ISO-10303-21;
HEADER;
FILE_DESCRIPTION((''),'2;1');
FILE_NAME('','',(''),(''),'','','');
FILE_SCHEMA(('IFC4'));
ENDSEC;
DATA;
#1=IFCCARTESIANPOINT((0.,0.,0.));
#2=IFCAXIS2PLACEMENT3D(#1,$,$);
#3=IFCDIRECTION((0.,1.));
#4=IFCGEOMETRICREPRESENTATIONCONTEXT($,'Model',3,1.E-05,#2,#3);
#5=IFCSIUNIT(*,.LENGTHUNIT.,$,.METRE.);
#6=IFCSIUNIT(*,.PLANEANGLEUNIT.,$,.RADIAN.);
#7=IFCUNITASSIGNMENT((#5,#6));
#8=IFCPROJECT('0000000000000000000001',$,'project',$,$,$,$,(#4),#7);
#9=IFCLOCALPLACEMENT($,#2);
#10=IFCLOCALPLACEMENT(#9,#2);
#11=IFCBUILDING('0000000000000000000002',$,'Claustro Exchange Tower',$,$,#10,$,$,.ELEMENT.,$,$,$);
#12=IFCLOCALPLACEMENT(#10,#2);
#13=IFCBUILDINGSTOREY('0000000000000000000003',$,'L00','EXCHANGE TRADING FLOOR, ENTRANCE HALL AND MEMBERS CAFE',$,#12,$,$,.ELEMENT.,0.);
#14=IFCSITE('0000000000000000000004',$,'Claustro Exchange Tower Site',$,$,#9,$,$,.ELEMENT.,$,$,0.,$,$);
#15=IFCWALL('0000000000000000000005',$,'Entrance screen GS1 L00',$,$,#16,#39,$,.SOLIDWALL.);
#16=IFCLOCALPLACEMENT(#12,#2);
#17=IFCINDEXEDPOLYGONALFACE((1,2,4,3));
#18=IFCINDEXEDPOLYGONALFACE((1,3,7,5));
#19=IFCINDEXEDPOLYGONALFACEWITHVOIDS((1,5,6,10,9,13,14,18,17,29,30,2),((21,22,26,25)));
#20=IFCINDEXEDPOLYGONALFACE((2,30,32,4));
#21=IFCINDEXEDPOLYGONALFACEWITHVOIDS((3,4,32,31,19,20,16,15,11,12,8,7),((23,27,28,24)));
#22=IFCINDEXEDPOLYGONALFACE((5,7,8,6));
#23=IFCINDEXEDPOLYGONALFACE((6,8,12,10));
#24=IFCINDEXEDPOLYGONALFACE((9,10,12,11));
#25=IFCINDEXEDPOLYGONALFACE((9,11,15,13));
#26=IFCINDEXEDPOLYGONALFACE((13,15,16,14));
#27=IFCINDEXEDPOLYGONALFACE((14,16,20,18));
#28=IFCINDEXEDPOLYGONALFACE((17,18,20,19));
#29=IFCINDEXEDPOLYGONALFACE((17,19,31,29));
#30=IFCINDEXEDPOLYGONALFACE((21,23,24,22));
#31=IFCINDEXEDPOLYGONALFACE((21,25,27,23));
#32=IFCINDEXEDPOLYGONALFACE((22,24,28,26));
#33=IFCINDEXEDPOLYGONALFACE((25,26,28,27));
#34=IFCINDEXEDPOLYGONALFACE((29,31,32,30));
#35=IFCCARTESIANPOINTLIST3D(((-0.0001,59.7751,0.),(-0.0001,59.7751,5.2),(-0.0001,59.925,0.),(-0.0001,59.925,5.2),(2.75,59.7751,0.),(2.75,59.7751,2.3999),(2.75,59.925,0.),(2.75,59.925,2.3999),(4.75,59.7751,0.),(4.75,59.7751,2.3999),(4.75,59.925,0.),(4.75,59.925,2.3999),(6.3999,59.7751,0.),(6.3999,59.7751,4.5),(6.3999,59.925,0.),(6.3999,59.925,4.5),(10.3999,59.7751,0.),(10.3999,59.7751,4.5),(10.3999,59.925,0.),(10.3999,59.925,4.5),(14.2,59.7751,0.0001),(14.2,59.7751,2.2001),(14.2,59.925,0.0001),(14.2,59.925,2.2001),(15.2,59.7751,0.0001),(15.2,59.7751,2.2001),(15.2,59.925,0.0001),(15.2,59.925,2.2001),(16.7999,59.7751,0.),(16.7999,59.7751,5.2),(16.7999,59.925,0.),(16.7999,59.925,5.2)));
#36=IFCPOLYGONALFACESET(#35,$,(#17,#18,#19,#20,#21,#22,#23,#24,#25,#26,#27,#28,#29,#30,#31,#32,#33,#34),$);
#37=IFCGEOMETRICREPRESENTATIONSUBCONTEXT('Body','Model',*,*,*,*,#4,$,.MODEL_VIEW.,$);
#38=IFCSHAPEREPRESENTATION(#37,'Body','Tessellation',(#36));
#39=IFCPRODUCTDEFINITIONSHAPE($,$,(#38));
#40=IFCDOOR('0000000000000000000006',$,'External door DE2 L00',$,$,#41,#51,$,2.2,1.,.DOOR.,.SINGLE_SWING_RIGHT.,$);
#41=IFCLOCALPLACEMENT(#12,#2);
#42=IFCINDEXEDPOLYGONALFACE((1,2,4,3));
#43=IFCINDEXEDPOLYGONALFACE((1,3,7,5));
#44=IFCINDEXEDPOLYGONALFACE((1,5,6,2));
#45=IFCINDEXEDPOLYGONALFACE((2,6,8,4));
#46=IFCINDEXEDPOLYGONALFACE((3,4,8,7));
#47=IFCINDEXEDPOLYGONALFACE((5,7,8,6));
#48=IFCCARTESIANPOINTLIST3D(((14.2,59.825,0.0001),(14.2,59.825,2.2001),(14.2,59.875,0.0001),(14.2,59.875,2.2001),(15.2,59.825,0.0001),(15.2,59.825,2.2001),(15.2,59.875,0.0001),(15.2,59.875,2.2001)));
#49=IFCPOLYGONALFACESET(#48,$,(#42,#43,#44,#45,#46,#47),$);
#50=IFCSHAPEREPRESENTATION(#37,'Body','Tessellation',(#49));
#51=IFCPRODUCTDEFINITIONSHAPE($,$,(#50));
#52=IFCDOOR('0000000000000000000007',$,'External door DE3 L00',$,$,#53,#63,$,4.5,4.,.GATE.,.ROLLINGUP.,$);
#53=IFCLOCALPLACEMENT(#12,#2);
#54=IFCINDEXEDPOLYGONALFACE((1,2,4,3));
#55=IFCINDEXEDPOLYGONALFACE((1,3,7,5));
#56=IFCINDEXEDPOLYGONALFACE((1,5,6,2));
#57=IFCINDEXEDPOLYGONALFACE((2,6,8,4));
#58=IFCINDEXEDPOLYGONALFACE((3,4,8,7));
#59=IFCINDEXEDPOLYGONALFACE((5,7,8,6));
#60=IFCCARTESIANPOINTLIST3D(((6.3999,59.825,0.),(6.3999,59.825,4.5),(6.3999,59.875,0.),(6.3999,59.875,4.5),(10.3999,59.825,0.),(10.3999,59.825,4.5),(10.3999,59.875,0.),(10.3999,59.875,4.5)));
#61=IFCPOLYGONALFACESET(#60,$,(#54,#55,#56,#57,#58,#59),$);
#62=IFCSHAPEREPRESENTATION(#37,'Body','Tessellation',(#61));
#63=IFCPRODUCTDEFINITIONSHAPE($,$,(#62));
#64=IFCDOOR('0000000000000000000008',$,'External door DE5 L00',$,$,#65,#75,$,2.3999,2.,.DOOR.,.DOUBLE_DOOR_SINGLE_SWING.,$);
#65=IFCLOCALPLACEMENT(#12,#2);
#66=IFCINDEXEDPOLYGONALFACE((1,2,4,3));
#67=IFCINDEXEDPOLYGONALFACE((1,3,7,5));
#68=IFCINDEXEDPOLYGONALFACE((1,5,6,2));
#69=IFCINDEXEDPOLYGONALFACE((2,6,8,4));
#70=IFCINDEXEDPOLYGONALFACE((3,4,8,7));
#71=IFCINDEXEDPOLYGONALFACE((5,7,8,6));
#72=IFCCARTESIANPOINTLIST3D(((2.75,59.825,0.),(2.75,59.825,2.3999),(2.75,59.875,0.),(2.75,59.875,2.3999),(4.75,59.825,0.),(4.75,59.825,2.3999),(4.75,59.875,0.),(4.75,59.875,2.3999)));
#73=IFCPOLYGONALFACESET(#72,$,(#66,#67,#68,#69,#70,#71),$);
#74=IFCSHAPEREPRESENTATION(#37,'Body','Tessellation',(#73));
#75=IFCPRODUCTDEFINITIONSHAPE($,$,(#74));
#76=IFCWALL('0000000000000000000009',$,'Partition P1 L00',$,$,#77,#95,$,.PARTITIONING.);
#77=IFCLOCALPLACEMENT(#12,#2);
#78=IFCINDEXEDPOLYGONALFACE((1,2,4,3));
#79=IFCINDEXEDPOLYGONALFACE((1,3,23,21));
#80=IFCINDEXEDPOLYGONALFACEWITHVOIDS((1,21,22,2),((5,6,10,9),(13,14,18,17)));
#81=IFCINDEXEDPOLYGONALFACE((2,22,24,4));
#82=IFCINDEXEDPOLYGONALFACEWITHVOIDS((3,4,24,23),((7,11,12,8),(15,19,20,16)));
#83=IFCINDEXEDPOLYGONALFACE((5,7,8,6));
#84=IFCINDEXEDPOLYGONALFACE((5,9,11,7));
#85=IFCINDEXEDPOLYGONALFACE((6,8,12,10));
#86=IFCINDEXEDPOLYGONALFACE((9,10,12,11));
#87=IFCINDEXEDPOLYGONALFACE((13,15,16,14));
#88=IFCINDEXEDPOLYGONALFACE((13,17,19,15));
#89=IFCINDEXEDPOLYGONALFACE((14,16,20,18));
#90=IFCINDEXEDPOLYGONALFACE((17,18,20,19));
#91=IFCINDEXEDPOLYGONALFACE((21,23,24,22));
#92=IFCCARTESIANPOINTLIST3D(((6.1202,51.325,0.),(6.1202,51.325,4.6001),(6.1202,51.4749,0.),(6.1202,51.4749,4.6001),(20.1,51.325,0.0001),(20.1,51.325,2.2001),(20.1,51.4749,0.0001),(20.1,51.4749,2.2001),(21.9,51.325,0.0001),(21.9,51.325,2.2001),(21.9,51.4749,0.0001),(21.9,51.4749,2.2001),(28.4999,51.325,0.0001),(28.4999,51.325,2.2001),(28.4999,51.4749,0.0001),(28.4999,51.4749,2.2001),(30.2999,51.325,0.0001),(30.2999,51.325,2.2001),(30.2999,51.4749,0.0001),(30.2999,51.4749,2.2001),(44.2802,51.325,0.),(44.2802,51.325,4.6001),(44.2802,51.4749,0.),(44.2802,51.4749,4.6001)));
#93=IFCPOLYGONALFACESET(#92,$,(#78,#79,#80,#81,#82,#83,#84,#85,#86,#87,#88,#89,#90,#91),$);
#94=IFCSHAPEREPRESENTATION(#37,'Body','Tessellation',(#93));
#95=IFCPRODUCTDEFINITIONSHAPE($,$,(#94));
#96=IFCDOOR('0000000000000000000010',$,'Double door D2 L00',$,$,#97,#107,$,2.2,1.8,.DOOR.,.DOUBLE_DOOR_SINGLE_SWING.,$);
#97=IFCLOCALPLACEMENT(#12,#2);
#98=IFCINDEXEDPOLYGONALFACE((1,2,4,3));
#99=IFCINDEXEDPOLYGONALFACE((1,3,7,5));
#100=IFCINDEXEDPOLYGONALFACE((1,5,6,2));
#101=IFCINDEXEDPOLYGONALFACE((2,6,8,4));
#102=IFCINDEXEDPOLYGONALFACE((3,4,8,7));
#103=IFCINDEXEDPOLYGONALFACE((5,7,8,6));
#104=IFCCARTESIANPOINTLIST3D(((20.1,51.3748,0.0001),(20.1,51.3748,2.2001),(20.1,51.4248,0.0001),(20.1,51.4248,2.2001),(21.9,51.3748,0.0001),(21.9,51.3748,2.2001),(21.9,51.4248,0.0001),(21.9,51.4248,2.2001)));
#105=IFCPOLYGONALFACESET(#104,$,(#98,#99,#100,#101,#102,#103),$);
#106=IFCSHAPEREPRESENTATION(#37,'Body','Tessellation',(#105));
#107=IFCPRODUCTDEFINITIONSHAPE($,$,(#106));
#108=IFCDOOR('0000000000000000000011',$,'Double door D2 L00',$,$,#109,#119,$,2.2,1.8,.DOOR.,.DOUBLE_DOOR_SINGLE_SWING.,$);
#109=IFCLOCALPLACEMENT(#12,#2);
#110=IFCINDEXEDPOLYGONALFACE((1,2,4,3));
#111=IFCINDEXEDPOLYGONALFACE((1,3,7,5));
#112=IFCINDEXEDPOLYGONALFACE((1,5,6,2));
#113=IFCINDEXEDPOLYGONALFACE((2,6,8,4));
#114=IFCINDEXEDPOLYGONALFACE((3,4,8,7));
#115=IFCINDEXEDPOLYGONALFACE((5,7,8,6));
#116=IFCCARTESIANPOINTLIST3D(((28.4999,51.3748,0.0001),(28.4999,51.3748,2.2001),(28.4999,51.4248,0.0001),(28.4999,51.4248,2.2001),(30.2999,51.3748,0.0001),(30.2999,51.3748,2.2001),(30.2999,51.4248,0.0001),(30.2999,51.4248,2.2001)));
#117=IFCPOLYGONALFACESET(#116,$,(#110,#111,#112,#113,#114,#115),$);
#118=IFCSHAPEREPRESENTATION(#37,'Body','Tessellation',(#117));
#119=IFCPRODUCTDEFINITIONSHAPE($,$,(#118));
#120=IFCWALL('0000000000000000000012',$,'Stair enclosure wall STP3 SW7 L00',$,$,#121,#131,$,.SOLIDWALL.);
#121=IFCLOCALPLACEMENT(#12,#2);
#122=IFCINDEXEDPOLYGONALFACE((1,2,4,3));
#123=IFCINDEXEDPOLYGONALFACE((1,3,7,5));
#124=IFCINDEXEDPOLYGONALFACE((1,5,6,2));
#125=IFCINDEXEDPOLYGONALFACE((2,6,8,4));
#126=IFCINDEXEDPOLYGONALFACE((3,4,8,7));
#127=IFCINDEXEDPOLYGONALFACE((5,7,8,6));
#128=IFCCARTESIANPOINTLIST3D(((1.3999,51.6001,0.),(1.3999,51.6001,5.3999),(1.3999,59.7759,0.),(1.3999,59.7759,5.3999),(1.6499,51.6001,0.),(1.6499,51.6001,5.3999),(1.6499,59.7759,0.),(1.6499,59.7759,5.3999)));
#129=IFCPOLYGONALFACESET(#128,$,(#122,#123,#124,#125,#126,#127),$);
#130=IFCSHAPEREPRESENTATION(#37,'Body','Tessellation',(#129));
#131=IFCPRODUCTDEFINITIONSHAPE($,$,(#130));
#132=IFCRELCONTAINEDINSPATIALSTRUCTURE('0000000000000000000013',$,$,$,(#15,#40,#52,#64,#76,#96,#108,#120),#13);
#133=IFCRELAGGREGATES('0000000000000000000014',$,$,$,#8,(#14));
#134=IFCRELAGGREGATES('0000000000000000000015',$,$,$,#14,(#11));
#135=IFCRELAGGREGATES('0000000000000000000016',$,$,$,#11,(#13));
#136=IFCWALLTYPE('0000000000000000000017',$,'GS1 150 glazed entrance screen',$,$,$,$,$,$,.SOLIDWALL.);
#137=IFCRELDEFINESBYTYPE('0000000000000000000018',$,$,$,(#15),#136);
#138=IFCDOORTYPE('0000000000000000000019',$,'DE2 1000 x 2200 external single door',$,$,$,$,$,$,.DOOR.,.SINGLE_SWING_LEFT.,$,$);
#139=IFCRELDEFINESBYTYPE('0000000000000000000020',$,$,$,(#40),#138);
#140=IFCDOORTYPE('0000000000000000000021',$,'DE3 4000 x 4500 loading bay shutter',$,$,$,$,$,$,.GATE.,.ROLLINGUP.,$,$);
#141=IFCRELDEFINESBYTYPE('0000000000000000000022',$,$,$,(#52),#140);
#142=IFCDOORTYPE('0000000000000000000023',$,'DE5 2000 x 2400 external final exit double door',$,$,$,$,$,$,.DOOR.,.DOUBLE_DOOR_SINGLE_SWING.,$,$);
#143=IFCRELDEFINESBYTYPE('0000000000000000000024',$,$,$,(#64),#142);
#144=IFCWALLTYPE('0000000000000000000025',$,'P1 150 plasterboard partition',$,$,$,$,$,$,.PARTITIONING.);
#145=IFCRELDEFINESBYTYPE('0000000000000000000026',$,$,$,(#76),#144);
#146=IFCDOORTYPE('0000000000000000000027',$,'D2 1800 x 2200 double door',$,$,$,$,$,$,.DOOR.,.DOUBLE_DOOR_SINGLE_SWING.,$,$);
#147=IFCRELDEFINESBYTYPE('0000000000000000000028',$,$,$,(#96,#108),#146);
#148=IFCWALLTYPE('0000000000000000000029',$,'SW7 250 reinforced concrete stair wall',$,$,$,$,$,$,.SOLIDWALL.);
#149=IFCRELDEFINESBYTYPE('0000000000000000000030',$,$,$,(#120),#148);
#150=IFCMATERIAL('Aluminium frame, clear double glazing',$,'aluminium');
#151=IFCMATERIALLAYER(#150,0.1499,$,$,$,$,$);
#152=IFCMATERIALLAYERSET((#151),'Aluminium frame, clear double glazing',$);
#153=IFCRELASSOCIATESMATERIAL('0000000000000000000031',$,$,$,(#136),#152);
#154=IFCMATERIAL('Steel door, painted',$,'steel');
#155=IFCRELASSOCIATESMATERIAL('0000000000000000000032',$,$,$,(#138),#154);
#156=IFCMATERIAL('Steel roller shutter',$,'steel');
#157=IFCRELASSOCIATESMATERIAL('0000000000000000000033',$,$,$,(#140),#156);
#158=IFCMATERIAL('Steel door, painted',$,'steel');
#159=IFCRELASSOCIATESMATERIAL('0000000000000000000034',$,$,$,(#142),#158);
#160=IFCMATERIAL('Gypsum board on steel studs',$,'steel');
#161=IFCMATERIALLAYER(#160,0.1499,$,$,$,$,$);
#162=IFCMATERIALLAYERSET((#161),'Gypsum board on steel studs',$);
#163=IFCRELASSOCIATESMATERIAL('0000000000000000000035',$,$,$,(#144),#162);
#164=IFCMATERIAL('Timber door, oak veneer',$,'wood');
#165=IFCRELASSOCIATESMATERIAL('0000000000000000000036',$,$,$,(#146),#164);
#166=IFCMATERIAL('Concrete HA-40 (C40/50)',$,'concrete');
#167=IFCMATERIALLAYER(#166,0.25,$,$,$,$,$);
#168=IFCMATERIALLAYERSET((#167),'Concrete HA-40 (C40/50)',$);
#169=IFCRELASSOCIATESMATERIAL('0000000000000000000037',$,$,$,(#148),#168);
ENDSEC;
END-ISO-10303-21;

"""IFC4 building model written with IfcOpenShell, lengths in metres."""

from ifc_helpers import new_model, si_unit, direction, frame, frame_2d, origin, place, context, subcontext, project, spatial, rectangle, extrude, material, layer, layer_set, type_object, element, fill, save


model = new_model("IFC4")

# Units and contexts
model_context = context("Model", 3, precision=1e-05, world=origin(), true_north=direction((0.0, 1.0)))
body_context = subcontext(model_context, "Body", "Model", "MODEL_VIEW")
ifc_project = project(units=[si_unit("LENGTHUNIT", "METRE"), si_unit("PLANEANGLEUNIT", "RADIAN")], contexts=[model_context])

# Site, building, storey
site_placement = place(None, origin())
site = spatial("IfcSite", under=ifc_project, at=site_placement, Name="Claustro Exchange Tower Site", CompositionType="ELEMENT", RefElevation=0.0)
building_placement = place(site_placement, origin())
building = spatial("IfcBuilding", under=site, at=building_placement, Name="Claustro Exchange Tower", CompositionType="ELEMENT")
storey_placement = place(building_placement, origin())
storey = spatial("IfcBuildingStorey", under=building, at=storey_placement, Name="L00", Description="EXCHANGE TRADING FLOOR, ENTRANCE HALL AND MEMBERS CAFE", CompositionType="ELEMENT", Elevation=0.0)

# Walls, openings, doors
ifc_material_1 = material(Name="Aluminium frame, clear double glazing", Category="aluminium")
ifc_layer_1 = layer(ifc_material_1, 0.1499)
ifc_layer_set_1 = layer_set([ifc_layer_1], Name="Aluminium frame, clear double glazing")
wall_type_1 = type_object("IfcWallType", Name="GS1 150 glazed entrance screen", PredefinedType="SOLIDWALL", material=ifc_layer_set_1)
wall_1_placement = place(storey_placement, frame((0.0, 59.8501, 0.0), z_axis=(0.0, 0.0, 1.0), x_axis=(1.0, 0.0, 0.0)))
wall_1 = element("IfcWall", 1, at=wall_1_placement, inside=storey, type_object=wall_type_1, Name="Entrance screen GS1 L00", PredefinedType="SOLIDWALL", context=body_context, shape_type="SweptSolid", body=[
    extrude(rectangle(XDim=16.8, YDim=0.1499, at=frame_2d((8.3999, 0.0))), origin(), (0.0, 0.0, 1.0), 5.2),
])
opening_1_placement = place(wall_1_placement, frame((2.75, 0.0, 0.0)))
opening_1 = element("IfcOpeningElement", 2, at=opening_1_placement, cuts=wall_1, PredefinedType="OPENING", context=body_context, shape_type="SweptSolid", body=[
    extrude(rectangle(XDim=2.0, YDim=2.3999, at=frame_2d((1.0, 1.2))), frame((0.0, 0.085, 0.0), z_axis=(0.0, -1.0, 0.0), x_axis=(1.0, 0.0, 0.0)), (0.0, 0.0, 1.0), 0.1699),
])
opening_2_placement = place(wall_1_placement, frame((6.3999, 0.0, 0.0)))
opening_2 = element("IfcOpeningElement", 3, at=opening_2_placement, cuts=wall_1, PredefinedType="OPENING", context=body_context, shape_type="SweptSolid", body=[
    extrude(rectangle(XDim=4.0, YDim=4.5, at=frame_2d((2.0, 2.25))), frame((0.0, 0.085, 0.0), z_axis=(0.0, -1.0, 0.0), x_axis=(1.0, 0.0, 0.0)), (0.0, 0.0, 1.0), 0.1699),
])
opening_3_placement = place(wall_1_placement, frame((14.2, 0.0, 0.0)))
opening_3 = element("IfcOpeningElement", 4, at=opening_3_placement, cuts=wall_1, PredefinedType="OPENING", context=body_context, shape_type="SweptSolid", body=[
    extrude(rectangle(XDim=1.0, YDim=2.2, at=frame_2d((0.5, 1.1001))), frame((0.0, 0.085, 0.0), z_axis=(0.0, -1.0, 0.0), x_axis=(1.0, 0.0, 0.0)), (0.0, 0.0, 1.0), 0.1699),
])
ifc_material_2 = material(Name="Steel door, painted", Category="steel")
door_type_1 = type_object("IfcDoorType", Name="DE2 1000 x 2200 external single door", OperationType="SINGLE_SWING_LEFT", PredefinedType="DOOR", material=ifc_material_2)
door_1_placement = place(opening_3_placement, origin())
door_1 = element("IfcDoor", 5, at=door_1_placement, inside=storey, type_object=door_type_1, Name="External door DE2 L00", OperationType="SINGLE_SWING_RIGHT", OverallHeight=2.2, OverallWidth=1.0, PredefinedType="DOOR", context=body_context, shape_type="SweptSolid", body=[
    extrude(rectangle(XDim=1.0, YDim=2.2, at=frame_2d((0.5, 1.1001))), frame((0.0, 0.0249, 0.0), z_axis=(0.0, -1.0, 0.0), x_axis=(1.0, 0.0, 0.0)), (0.0, 0.0, 1.0), 0.05),
])
fill(opening_3, door_1)
ifc_material_3 = material(Name="Steel roller shutter", Category="steel")
door_type_2 = type_object("IfcDoorType", Name="DE3 4000 x 4500 loading bay shutter", OperationType="ROLLINGUP", PredefinedType="GATE", material=ifc_material_3)
door_2_placement = place(opening_2_placement, origin())
door_2 = element("IfcDoor", 6, at=door_2_placement, inside=storey, type_object=door_type_2, Name="External door DE3 L00", OperationType="ROLLINGUP", OverallHeight=4.5, OverallWidth=4.0, PredefinedType="GATE", context=body_context, shape_type="SweptSolid", body=[
    extrude(rectangle(XDim=4.0, YDim=4.5, at=frame_2d((2.0, 2.25))), frame((0.0, 0.0249, 0.0), z_axis=(0.0, -1.0, 0.0), x_axis=(1.0, 0.0, 0.0)), (0.0, 0.0, 1.0), 0.05),
])
fill(opening_2, door_2)
ifc_material_4 = material(Name="Steel door, painted", Category="steel")
door_type_3 = type_object("IfcDoorType", Name="DE5 2000 x 2400 external final exit double door", OperationType="DOUBLE_DOOR_SINGLE_SWING", PredefinedType="DOOR", material=ifc_material_4)
door_3_placement = place(opening_1_placement, origin())
door_3 = element("IfcDoor", 7, at=door_3_placement, inside=storey, type_object=door_type_3, Name="External door DE5 L00", OperationType="DOUBLE_DOOR_SINGLE_SWING", OverallHeight=2.3999, OverallWidth=2.0, PredefinedType="DOOR", context=body_context, shape_type="SweptSolid", body=[
    extrude(rectangle(XDim=2.0, YDim=2.3999, at=frame_2d((1.0, 1.2))), frame((0.0, 0.0249, 0.0), z_axis=(0.0, -1.0, 0.0), x_axis=(1.0, 0.0, 0.0)), (0.0, 0.0, 1.0), 0.05),
])
fill(opening_1, door_3)
ifc_material_5 = material(Name="Gypsum board on steel studs", Category="steel")
ifc_layer_2 = layer(ifc_material_5, 0.1499)
ifc_layer_set_2 = layer_set([ifc_layer_2], Name="Gypsum board on steel studs")
wall_type_2 = type_object("IfcWallType", Name="P1 150 plasterboard partition", PredefinedType="PARTITIONING", material=ifc_layer_set_2)
wall_2_placement = place(storey_placement, frame((6.1201, 51.3999, 0.0), z_axis=(0.0, 0.0, 1.0), x_axis=(1.0, 0.0, 0.0)))
wall_2 = element("IfcWall", 8, at=wall_2_placement, inside=storey, type_object=wall_type_2, Name="Partition P1 L00", PredefinedType="PARTITIONING", context=body_context, shape_type="SweptSolid", body=[
    extrude(rectangle(XDim=38.1599, YDim=0.1499, at=frame_2d((19.0801, 0.0))), origin(), (0.0, 0.0, 1.0), 4.6001),
])
opening_4_placement = place(wall_2_placement, frame((13.98, 0.0, 0.0)))
opening_4 = element("IfcOpeningElement", 9, at=opening_4_placement, cuts=wall_2, PredefinedType="OPENING", context=body_context, shape_type="SweptSolid", body=[
    extrude(rectangle(XDim=1.8, YDim=2.2, at=frame_2d((0.8999, 1.1001))), frame((0.0, 0.085, 0.0), z_axis=(0.0, -1.0, 0.0), x_axis=(1.0, 0.0, 0.0)), (0.0, 0.0, 1.0), 0.1699),
])
opening_5_placement = place(wall_2_placement, frame((22.3799, 0.0, 0.0)))
opening_5 = element("IfcOpeningElement", 10, at=opening_5_placement, cuts=wall_2, PredefinedType="OPENING", context=body_context, shape_type="SweptSolid", body=[
    extrude(rectangle(XDim=1.8, YDim=2.2, at=frame_2d((0.8999, 1.1001))), frame((0.0, 0.085, 0.0), z_axis=(0.0, -1.0, 0.0), x_axis=(1.0, 0.0, 0.0)), (0.0, 0.0, 1.0), 0.1699),
])
ifc_material_6 = material(Name="Timber door, oak veneer", Category="wood")
door_type_4 = type_object("IfcDoorType", Name="D2 1800 x 2200 double door", OperationType="DOUBLE_DOOR_SINGLE_SWING", PredefinedType="DOOR", material=ifc_material_6)
door_4_placement = place(opening_4_placement, origin())
door_4 = element("IfcDoor", 11, at=door_4_placement, inside=storey, type_object=door_type_4, Name="Double door D2 L00", OperationType="DOUBLE_DOOR_SINGLE_SWING", OverallHeight=2.2, OverallWidth=1.8, PredefinedType="DOOR", context=body_context, shape_type="SweptSolid", body=[
    extrude(rectangle(XDim=1.8, YDim=2.2, at=frame_2d((0.8999, 1.1001))), frame((0.0, 0.0249, 0.0), z_axis=(0.0, -1.0, 0.0), x_axis=(1.0, 0.0, 0.0)), (0.0, 0.0, 1.0), 0.05),
])
fill(opening_4, door_4)
door_5_placement = place(opening_5_placement, origin())
door_5 = element("IfcDoor", 12, at=door_5_placement, inside=storey, type_object=door_type_4, Name="Double door D2 L00", OperationType="DOUBLE_DOOR_SINGLE_SWING", OverallHeight=2.2, OverallWidth=1.8, PredefinedType="DOOR", context=body_context, shape_type="SweptSolid", body=[
    extrude(rectangle(XDim=1.8, YDim=2.2, at=frame_2d((0.8999, 1.1001))), frame((0.0, 0.0249, 0.0), z_axis=(0.0, -1.0, 0.0), x_axis=(1.0, 0.0, 0.0)), (0.0, 0.0, 1.0), 0.05),
])
fill(opening_5, door_5)

# Wall
ifc_material_7 = material(Name="Concrete HA-40 (C40/50)", Category="concrete")
ifc_layer_3 = layer(ifc_material_7, 0.25)
ifc_layer_set_3 = layer_set([ifc_layer_3], Name="Concrete HA-40 (C40/50)")
wall_type_3 = type_object("IfcWallType", Name="SW7 250 reinforced concrete stair wall", PredefinedType="SOLIDWALL", material=ifc_layer_set_3)
wall_3_placement = place(storey_placement, frame((1.5249, 59.7759, 0.0), z_axis=(0.0, 0.0, 1.0), x_axis=(0.0, -1.0, 0.0)))
element("IfcWall", 13, at=wall_3_placement, inside=storey, type_object=wall_type_3, Name="Stair enclosure wall STP3 SW7 L00", PredefinedType="SOLIDWALL", context=body_context, shape_type="SweptSolid", body=[
    extrude(rectangle(XDim=8.1758, YDim=0.25, at=frame_2d((4.0879, 0.0))), origin(), (0.0, 0.0, 1.0), 5.3999),
])

save(model, "model.ifc")
